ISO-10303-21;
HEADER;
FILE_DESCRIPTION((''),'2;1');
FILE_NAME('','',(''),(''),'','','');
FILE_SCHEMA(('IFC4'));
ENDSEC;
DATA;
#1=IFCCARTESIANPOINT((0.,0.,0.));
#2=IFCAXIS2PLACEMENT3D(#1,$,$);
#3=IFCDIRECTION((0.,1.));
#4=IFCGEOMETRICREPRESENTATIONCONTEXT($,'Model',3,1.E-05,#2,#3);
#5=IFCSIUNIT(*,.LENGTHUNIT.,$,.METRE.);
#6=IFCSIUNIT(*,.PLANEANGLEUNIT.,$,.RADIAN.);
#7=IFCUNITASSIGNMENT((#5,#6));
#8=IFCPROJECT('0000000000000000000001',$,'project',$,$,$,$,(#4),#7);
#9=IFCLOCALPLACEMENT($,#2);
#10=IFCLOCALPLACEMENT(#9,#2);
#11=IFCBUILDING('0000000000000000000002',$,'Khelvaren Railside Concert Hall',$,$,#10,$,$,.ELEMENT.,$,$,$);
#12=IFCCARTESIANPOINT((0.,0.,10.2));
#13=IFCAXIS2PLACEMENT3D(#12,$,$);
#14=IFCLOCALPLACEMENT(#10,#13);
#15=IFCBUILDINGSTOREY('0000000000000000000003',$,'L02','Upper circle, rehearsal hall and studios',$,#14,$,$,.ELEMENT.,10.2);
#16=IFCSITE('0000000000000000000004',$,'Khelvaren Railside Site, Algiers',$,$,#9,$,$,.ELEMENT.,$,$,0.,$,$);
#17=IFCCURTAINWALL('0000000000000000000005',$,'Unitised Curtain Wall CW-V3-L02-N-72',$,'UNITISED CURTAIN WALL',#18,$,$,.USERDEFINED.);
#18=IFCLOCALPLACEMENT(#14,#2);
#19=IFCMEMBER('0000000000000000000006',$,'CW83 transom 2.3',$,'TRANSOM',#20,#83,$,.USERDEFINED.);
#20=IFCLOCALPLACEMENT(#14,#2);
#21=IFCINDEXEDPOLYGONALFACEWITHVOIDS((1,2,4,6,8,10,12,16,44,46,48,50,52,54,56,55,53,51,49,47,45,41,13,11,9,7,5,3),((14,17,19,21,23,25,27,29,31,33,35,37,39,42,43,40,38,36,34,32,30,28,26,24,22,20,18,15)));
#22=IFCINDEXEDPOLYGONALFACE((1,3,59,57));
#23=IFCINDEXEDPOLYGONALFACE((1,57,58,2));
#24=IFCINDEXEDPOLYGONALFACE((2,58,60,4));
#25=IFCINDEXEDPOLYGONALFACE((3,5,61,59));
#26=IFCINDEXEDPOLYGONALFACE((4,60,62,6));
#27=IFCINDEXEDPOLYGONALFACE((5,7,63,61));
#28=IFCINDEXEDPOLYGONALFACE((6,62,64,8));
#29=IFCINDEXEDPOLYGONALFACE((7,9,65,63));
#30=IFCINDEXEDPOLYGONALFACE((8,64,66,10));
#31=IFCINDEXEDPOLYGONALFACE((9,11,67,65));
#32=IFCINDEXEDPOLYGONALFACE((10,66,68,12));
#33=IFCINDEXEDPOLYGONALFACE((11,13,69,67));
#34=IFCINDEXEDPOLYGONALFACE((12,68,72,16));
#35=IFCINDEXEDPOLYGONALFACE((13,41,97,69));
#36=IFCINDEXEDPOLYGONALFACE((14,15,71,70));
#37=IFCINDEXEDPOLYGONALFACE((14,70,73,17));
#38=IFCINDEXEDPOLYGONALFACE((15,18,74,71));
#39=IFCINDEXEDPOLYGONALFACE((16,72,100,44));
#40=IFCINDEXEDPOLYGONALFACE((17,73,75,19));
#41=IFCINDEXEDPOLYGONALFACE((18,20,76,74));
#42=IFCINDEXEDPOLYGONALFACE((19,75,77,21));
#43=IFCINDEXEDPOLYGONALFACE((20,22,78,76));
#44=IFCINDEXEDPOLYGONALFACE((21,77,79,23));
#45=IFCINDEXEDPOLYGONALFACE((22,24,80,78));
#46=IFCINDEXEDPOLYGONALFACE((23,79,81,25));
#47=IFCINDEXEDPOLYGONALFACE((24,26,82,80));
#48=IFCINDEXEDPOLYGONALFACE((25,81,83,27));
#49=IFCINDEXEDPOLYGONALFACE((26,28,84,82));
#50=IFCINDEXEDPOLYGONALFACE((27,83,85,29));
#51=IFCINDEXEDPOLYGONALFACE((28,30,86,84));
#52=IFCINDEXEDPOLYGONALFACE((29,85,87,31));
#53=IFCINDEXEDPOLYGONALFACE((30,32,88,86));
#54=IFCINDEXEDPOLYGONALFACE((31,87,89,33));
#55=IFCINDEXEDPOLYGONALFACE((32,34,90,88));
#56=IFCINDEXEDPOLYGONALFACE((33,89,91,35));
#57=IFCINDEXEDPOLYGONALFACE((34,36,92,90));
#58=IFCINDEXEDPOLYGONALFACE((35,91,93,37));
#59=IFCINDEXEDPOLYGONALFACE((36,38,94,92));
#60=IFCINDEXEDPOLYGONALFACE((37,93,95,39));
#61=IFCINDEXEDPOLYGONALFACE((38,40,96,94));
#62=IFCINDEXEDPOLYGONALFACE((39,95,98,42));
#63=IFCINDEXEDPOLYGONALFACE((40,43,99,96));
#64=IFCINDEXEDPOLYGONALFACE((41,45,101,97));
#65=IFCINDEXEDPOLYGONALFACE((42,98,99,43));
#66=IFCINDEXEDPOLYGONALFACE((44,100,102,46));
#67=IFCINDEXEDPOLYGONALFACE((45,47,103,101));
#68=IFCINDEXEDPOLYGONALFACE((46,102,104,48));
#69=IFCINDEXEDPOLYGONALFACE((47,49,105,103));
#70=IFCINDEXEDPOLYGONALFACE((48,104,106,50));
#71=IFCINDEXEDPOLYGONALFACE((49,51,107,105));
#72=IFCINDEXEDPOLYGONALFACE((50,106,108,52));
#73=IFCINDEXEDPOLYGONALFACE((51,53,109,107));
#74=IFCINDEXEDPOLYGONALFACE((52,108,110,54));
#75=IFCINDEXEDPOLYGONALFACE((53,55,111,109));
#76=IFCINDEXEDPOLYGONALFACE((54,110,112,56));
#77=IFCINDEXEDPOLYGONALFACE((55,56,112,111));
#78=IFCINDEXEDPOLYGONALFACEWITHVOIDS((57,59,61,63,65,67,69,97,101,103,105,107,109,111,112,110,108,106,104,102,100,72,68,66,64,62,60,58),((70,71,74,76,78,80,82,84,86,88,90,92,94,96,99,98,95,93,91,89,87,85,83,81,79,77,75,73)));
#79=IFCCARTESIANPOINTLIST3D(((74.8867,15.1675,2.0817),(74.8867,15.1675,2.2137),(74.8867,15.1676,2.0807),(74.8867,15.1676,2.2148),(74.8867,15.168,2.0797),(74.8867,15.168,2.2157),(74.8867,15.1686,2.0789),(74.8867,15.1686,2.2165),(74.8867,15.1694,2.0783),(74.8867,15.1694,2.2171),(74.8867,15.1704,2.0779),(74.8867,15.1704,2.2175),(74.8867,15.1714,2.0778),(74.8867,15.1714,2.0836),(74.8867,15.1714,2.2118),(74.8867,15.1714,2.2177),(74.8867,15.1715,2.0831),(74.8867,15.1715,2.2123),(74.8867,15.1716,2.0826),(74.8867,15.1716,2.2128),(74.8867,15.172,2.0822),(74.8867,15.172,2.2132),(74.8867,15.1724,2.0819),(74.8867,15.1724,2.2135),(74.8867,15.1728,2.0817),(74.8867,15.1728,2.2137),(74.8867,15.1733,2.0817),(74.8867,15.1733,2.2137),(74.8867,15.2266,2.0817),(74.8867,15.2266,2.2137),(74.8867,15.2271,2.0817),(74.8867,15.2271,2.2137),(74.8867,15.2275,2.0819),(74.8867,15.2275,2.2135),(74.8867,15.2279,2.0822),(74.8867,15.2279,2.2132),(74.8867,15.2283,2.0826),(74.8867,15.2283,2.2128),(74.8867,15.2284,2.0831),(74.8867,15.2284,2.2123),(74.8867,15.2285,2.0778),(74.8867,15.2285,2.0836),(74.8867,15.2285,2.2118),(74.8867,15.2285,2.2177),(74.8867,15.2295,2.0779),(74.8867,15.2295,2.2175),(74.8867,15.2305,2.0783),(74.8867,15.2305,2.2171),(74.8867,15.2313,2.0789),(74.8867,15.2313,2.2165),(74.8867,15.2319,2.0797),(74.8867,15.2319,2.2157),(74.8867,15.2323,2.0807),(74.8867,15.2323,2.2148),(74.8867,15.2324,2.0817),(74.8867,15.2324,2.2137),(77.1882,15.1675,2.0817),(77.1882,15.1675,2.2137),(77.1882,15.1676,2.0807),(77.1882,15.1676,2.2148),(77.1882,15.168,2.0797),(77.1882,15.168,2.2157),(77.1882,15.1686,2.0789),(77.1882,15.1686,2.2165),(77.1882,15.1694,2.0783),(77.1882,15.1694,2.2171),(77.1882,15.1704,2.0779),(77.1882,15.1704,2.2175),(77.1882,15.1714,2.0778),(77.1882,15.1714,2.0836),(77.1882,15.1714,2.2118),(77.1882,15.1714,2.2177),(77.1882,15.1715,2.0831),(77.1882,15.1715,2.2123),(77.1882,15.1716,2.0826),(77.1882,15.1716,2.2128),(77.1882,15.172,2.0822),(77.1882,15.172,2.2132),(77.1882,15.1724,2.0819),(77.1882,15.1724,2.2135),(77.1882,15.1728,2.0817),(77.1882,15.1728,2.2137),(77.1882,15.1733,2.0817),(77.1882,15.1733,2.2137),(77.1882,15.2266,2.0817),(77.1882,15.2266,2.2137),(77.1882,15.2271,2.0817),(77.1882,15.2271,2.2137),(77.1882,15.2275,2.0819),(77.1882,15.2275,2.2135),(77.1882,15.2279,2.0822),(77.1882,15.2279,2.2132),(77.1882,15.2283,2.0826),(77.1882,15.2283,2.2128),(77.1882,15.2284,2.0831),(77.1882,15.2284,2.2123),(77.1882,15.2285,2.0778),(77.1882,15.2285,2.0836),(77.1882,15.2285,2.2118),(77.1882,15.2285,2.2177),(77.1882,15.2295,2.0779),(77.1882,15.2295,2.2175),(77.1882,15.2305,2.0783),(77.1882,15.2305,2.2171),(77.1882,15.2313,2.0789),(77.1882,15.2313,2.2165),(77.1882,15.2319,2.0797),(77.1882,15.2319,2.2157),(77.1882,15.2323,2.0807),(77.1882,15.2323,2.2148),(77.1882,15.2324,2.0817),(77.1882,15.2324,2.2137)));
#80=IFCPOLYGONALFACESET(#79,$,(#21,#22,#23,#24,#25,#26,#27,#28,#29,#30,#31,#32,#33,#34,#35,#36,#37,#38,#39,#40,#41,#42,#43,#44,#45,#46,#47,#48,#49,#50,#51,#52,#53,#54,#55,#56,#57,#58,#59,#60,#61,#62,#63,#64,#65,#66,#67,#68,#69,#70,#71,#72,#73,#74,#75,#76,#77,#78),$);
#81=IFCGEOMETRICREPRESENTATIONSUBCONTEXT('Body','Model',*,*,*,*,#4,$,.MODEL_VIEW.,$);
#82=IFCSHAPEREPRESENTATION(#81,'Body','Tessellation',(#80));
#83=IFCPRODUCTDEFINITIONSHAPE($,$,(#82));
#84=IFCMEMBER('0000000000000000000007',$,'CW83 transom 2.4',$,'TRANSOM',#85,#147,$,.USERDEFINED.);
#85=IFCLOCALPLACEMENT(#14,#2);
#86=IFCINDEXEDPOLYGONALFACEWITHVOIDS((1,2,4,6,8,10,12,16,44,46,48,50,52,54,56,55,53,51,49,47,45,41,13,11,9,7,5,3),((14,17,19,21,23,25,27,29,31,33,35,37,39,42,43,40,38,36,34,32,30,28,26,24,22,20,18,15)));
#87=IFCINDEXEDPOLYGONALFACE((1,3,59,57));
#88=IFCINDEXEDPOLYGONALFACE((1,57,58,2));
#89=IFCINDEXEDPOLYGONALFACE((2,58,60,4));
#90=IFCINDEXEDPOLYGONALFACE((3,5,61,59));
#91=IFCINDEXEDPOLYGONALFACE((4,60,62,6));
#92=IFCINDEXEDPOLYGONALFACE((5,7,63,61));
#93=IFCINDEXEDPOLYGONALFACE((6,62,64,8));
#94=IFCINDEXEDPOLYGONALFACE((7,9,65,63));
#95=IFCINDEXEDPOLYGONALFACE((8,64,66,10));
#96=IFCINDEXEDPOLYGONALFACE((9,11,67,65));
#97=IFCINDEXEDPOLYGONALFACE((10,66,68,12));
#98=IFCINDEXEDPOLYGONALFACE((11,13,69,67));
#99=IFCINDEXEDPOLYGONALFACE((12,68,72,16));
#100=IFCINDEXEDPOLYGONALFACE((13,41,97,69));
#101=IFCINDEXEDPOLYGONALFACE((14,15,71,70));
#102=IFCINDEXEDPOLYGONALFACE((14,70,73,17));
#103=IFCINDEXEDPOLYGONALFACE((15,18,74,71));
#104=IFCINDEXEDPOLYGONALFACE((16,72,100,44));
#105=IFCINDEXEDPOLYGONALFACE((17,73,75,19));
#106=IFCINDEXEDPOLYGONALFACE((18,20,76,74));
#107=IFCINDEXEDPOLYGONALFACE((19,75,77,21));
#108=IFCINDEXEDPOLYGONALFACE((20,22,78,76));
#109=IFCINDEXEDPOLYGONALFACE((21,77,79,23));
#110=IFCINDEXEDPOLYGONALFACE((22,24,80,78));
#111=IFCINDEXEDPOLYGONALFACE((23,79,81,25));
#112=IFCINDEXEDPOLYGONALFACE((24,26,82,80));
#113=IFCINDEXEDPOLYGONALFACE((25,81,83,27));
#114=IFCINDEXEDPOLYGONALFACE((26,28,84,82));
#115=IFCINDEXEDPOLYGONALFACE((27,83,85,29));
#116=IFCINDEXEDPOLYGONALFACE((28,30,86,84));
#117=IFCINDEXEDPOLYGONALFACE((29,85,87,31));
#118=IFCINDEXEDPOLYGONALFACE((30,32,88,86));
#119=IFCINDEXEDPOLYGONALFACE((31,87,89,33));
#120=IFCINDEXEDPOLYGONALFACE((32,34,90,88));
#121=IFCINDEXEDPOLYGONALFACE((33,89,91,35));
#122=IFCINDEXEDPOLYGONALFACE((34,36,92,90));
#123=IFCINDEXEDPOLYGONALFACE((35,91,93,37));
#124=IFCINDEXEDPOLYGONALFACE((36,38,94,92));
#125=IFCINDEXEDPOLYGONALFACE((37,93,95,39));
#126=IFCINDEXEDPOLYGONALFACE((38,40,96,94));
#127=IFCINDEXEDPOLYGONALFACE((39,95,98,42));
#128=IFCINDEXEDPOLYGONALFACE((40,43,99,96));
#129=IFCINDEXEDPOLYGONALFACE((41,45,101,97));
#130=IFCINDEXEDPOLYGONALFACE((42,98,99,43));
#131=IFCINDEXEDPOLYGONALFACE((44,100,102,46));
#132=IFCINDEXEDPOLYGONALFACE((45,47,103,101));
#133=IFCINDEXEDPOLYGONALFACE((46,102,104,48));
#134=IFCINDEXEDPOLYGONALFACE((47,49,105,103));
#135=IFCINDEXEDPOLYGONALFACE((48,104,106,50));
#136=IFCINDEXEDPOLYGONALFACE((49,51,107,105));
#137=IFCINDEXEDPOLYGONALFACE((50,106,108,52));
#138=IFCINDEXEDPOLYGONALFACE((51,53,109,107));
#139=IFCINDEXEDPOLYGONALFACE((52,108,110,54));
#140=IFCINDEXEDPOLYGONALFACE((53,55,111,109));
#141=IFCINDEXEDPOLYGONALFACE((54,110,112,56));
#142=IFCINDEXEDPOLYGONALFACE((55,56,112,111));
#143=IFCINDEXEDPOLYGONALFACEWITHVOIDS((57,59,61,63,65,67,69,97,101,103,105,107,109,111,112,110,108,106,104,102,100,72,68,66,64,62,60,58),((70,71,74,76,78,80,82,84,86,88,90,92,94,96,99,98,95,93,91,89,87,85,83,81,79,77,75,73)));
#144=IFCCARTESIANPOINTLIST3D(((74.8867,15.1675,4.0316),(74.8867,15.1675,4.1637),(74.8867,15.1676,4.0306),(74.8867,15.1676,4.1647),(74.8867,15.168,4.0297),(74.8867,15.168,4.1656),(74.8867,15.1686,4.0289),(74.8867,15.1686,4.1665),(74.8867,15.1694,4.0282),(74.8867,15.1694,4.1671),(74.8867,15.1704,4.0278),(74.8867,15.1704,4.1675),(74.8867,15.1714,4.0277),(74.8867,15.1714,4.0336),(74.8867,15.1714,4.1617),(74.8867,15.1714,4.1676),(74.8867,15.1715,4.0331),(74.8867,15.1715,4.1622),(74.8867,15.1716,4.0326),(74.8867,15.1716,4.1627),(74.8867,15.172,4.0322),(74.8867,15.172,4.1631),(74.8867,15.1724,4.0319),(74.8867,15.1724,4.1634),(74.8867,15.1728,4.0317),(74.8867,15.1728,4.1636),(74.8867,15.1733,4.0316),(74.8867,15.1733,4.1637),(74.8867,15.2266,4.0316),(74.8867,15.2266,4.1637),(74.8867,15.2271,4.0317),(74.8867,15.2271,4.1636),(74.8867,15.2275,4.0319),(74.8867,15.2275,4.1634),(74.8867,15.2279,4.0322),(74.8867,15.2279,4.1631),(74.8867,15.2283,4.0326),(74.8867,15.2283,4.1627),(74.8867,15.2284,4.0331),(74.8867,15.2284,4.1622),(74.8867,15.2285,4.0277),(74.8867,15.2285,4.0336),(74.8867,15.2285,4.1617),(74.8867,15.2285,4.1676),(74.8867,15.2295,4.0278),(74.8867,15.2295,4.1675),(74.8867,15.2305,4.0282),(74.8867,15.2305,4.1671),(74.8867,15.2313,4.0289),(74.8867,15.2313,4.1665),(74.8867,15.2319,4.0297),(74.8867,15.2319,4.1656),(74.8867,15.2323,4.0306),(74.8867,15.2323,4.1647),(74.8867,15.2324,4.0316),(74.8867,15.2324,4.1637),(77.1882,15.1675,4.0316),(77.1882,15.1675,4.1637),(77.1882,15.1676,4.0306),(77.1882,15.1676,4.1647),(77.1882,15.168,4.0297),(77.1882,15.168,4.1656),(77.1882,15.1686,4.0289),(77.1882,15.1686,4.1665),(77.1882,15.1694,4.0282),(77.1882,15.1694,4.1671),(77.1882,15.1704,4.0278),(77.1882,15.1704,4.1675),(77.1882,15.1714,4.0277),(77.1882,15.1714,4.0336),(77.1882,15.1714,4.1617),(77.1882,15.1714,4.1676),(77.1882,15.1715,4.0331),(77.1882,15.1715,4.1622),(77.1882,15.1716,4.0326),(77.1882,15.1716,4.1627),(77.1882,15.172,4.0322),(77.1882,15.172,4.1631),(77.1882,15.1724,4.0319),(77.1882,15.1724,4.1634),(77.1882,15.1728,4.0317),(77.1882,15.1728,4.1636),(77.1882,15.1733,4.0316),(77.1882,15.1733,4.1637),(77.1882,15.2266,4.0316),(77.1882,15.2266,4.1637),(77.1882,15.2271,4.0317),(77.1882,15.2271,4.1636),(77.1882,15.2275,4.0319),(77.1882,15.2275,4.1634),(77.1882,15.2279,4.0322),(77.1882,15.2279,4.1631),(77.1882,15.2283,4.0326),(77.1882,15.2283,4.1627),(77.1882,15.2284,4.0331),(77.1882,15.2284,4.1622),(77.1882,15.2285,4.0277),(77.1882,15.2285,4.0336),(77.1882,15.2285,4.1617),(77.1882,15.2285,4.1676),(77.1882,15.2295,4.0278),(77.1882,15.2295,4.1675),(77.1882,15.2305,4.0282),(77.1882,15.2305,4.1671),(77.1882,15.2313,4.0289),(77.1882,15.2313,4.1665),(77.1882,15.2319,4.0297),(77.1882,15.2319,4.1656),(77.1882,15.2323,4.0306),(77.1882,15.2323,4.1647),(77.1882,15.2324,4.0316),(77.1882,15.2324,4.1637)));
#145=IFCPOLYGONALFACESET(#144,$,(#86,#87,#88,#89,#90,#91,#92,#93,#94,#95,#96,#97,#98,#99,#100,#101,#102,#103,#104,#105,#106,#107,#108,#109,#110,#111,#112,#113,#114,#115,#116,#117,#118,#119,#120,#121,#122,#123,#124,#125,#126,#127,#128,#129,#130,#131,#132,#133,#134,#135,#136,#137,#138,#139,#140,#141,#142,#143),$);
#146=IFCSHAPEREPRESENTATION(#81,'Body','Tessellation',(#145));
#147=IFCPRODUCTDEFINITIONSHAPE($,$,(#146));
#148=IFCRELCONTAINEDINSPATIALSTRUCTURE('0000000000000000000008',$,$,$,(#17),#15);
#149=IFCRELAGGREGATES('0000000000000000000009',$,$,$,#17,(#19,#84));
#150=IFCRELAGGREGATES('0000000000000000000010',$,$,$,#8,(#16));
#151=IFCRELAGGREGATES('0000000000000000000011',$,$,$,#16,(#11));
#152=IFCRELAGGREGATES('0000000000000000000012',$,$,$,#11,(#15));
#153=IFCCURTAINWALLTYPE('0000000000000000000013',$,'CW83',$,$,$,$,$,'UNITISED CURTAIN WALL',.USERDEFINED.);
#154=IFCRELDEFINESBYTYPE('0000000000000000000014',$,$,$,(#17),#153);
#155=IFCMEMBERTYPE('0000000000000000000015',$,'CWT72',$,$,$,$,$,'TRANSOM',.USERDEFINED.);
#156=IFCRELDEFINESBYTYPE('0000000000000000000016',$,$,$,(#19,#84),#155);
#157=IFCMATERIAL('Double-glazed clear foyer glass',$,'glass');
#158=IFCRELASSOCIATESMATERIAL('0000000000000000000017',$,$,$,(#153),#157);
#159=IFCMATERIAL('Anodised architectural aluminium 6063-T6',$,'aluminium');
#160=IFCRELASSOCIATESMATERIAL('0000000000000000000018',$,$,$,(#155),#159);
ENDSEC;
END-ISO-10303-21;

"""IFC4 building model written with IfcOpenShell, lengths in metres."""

from ifc_helpers import new_model, si_unit, direction, frame, origin, origin_2d, place, context, subcontext, project, spatial, hollow_rectangle, extrude, material, material_profile, profile_set, type_object, element, aggregate, save


model = new_model("IFC4")

# Units and contexts
model_context = context("Model", 3, precision=1e-05, world=origin(), true_north=direction((0.0, 1.0)))
body_context = subcontext(model_context, "Body", "Model", "MODEL_VIEW")
ifc_project = project(units=[si_unit("LENGTHUNIT", "METRE"), si_unit("PLANEANGLEUNIT", "RADIAN")], contexts=[model_context])

# Site, building, storey
site_placement = place(None, origin())
site = spatial("IfcSite", under=ifc_project, at=site_placement, Name="Khelvaren Railside Site, Algiers", CompositionType="ELEMENT", RefElevation=0.0)
building_placement = place(site_placement, origin())
building = spatial("IfcBuilding", under=site, at=building_placement, Name="Khelvaren Railside Concert Hall", CompositionType="ELEMENT")
storey_placement = place(building_placement, frame((0.0, 0.0, 10.2)))
storey = spatial("IfcBuildingStorey", under=building, at=storey_placement, Name="L02", Description="Upper circle, rehearsal hall and studios", CompositionType="ELEMENT", Elevation=10.2)

# Curtain wall, members
ifc_material_1 = material(Name="Double-glazed clear foyer glass", Category="glass")
curtain_wall_type = type_object("IfcCurtainWallType", Name="CW83", ElementType="UNITISED CURTAIN WALL", PredefinedType="USERDEFINED", material=ifc_material_1)
curtain_wall_placement = place(storey_placement, origin())
curtain_wall = element("IfcCurtainWall", 1, at=curtain_wall_placement, inside=storey, type_object=curtain_wall_type, Name="Unitised Curtain Wall CW-V3-L02-N-72", ObjectType="UNITISED CURTAIN WALL", PredefinedType="USERDEFINED")
ifc_material_2 = material(Name="Anodised architectural aluminium 6063-T6", Category="aluminium")
ifc_material_profile_1 = material_profile(ifc_material_2, hollow_rectangle(XDim=0.0649, YDim=0.1399, WallThickness=0.0039, InnerFilletRadius=0.002, OuterFilletRadius=0.0039, at=origin_2d()), Name="CWT 65x140x4")
ifc_profile_set_1 = profile_set([ifc_material_profile_1], Name="Anodised architectural aluminium 6063-T6")
member_type_1 = type_object("IfcMemberType", Name="CWT72", ElementType="TRANSOM", PredefinedType="USERDEFINED", material=ifc_profile_set_1)
member_1_placement = place(storey_placement, frame((74.8867, 15.2, 2.1477), z_axis=(1.0, 0.0, 0.0), x_axis=(0.0, 1.0, 0.0)))
member_1 = element("IfcMember", 2, at=member_1_placement, type_object=member_type_1, Name="CW83 transom 2.3", ObjectType="TRANSOM", PredefinedType="USERDEFINED", context=body_context, shape_type="SweptSolid", body=[
    extrude(hollow_rectangle(XDim=0.0649, YDim=0.1399, WallThickness=0.0039, InnerFilletRadius=0.002, OuterFilletRadius=0.0039, at=origin_2d()), origin(), (0.0, 0.0, 1.0), 2.3015),
])
member_2_placement = place(storey_placement, frame((74.8867, 15.2, 4.0977), z_axis=(1.0, 0.0, 0.0), x_axis=(0.0, 1.0, 0.0)))
member_2 = element("IfcMember", 3, at=member_2_placement, type_object=member_type_1, Name="CW83 transom 2.4", ObjectType="TRANSOM", PredefinedType="USERDEFINED", context=body_context, shape_type="SweptSolid", body=[
    extrude(hollow_rectangle(XDim=0.0649, YDim=0.1399, WallThickness=0.0039, InnerFilletRadius=0.002, OuterFilletRadius=0.0039, at=origin_2d()), origin(), (0.0, 0.0, 1.0), 2.3015),
])

aggregate(curtain_wall, [member_1, member_2])

save(model, "model.ifc")
